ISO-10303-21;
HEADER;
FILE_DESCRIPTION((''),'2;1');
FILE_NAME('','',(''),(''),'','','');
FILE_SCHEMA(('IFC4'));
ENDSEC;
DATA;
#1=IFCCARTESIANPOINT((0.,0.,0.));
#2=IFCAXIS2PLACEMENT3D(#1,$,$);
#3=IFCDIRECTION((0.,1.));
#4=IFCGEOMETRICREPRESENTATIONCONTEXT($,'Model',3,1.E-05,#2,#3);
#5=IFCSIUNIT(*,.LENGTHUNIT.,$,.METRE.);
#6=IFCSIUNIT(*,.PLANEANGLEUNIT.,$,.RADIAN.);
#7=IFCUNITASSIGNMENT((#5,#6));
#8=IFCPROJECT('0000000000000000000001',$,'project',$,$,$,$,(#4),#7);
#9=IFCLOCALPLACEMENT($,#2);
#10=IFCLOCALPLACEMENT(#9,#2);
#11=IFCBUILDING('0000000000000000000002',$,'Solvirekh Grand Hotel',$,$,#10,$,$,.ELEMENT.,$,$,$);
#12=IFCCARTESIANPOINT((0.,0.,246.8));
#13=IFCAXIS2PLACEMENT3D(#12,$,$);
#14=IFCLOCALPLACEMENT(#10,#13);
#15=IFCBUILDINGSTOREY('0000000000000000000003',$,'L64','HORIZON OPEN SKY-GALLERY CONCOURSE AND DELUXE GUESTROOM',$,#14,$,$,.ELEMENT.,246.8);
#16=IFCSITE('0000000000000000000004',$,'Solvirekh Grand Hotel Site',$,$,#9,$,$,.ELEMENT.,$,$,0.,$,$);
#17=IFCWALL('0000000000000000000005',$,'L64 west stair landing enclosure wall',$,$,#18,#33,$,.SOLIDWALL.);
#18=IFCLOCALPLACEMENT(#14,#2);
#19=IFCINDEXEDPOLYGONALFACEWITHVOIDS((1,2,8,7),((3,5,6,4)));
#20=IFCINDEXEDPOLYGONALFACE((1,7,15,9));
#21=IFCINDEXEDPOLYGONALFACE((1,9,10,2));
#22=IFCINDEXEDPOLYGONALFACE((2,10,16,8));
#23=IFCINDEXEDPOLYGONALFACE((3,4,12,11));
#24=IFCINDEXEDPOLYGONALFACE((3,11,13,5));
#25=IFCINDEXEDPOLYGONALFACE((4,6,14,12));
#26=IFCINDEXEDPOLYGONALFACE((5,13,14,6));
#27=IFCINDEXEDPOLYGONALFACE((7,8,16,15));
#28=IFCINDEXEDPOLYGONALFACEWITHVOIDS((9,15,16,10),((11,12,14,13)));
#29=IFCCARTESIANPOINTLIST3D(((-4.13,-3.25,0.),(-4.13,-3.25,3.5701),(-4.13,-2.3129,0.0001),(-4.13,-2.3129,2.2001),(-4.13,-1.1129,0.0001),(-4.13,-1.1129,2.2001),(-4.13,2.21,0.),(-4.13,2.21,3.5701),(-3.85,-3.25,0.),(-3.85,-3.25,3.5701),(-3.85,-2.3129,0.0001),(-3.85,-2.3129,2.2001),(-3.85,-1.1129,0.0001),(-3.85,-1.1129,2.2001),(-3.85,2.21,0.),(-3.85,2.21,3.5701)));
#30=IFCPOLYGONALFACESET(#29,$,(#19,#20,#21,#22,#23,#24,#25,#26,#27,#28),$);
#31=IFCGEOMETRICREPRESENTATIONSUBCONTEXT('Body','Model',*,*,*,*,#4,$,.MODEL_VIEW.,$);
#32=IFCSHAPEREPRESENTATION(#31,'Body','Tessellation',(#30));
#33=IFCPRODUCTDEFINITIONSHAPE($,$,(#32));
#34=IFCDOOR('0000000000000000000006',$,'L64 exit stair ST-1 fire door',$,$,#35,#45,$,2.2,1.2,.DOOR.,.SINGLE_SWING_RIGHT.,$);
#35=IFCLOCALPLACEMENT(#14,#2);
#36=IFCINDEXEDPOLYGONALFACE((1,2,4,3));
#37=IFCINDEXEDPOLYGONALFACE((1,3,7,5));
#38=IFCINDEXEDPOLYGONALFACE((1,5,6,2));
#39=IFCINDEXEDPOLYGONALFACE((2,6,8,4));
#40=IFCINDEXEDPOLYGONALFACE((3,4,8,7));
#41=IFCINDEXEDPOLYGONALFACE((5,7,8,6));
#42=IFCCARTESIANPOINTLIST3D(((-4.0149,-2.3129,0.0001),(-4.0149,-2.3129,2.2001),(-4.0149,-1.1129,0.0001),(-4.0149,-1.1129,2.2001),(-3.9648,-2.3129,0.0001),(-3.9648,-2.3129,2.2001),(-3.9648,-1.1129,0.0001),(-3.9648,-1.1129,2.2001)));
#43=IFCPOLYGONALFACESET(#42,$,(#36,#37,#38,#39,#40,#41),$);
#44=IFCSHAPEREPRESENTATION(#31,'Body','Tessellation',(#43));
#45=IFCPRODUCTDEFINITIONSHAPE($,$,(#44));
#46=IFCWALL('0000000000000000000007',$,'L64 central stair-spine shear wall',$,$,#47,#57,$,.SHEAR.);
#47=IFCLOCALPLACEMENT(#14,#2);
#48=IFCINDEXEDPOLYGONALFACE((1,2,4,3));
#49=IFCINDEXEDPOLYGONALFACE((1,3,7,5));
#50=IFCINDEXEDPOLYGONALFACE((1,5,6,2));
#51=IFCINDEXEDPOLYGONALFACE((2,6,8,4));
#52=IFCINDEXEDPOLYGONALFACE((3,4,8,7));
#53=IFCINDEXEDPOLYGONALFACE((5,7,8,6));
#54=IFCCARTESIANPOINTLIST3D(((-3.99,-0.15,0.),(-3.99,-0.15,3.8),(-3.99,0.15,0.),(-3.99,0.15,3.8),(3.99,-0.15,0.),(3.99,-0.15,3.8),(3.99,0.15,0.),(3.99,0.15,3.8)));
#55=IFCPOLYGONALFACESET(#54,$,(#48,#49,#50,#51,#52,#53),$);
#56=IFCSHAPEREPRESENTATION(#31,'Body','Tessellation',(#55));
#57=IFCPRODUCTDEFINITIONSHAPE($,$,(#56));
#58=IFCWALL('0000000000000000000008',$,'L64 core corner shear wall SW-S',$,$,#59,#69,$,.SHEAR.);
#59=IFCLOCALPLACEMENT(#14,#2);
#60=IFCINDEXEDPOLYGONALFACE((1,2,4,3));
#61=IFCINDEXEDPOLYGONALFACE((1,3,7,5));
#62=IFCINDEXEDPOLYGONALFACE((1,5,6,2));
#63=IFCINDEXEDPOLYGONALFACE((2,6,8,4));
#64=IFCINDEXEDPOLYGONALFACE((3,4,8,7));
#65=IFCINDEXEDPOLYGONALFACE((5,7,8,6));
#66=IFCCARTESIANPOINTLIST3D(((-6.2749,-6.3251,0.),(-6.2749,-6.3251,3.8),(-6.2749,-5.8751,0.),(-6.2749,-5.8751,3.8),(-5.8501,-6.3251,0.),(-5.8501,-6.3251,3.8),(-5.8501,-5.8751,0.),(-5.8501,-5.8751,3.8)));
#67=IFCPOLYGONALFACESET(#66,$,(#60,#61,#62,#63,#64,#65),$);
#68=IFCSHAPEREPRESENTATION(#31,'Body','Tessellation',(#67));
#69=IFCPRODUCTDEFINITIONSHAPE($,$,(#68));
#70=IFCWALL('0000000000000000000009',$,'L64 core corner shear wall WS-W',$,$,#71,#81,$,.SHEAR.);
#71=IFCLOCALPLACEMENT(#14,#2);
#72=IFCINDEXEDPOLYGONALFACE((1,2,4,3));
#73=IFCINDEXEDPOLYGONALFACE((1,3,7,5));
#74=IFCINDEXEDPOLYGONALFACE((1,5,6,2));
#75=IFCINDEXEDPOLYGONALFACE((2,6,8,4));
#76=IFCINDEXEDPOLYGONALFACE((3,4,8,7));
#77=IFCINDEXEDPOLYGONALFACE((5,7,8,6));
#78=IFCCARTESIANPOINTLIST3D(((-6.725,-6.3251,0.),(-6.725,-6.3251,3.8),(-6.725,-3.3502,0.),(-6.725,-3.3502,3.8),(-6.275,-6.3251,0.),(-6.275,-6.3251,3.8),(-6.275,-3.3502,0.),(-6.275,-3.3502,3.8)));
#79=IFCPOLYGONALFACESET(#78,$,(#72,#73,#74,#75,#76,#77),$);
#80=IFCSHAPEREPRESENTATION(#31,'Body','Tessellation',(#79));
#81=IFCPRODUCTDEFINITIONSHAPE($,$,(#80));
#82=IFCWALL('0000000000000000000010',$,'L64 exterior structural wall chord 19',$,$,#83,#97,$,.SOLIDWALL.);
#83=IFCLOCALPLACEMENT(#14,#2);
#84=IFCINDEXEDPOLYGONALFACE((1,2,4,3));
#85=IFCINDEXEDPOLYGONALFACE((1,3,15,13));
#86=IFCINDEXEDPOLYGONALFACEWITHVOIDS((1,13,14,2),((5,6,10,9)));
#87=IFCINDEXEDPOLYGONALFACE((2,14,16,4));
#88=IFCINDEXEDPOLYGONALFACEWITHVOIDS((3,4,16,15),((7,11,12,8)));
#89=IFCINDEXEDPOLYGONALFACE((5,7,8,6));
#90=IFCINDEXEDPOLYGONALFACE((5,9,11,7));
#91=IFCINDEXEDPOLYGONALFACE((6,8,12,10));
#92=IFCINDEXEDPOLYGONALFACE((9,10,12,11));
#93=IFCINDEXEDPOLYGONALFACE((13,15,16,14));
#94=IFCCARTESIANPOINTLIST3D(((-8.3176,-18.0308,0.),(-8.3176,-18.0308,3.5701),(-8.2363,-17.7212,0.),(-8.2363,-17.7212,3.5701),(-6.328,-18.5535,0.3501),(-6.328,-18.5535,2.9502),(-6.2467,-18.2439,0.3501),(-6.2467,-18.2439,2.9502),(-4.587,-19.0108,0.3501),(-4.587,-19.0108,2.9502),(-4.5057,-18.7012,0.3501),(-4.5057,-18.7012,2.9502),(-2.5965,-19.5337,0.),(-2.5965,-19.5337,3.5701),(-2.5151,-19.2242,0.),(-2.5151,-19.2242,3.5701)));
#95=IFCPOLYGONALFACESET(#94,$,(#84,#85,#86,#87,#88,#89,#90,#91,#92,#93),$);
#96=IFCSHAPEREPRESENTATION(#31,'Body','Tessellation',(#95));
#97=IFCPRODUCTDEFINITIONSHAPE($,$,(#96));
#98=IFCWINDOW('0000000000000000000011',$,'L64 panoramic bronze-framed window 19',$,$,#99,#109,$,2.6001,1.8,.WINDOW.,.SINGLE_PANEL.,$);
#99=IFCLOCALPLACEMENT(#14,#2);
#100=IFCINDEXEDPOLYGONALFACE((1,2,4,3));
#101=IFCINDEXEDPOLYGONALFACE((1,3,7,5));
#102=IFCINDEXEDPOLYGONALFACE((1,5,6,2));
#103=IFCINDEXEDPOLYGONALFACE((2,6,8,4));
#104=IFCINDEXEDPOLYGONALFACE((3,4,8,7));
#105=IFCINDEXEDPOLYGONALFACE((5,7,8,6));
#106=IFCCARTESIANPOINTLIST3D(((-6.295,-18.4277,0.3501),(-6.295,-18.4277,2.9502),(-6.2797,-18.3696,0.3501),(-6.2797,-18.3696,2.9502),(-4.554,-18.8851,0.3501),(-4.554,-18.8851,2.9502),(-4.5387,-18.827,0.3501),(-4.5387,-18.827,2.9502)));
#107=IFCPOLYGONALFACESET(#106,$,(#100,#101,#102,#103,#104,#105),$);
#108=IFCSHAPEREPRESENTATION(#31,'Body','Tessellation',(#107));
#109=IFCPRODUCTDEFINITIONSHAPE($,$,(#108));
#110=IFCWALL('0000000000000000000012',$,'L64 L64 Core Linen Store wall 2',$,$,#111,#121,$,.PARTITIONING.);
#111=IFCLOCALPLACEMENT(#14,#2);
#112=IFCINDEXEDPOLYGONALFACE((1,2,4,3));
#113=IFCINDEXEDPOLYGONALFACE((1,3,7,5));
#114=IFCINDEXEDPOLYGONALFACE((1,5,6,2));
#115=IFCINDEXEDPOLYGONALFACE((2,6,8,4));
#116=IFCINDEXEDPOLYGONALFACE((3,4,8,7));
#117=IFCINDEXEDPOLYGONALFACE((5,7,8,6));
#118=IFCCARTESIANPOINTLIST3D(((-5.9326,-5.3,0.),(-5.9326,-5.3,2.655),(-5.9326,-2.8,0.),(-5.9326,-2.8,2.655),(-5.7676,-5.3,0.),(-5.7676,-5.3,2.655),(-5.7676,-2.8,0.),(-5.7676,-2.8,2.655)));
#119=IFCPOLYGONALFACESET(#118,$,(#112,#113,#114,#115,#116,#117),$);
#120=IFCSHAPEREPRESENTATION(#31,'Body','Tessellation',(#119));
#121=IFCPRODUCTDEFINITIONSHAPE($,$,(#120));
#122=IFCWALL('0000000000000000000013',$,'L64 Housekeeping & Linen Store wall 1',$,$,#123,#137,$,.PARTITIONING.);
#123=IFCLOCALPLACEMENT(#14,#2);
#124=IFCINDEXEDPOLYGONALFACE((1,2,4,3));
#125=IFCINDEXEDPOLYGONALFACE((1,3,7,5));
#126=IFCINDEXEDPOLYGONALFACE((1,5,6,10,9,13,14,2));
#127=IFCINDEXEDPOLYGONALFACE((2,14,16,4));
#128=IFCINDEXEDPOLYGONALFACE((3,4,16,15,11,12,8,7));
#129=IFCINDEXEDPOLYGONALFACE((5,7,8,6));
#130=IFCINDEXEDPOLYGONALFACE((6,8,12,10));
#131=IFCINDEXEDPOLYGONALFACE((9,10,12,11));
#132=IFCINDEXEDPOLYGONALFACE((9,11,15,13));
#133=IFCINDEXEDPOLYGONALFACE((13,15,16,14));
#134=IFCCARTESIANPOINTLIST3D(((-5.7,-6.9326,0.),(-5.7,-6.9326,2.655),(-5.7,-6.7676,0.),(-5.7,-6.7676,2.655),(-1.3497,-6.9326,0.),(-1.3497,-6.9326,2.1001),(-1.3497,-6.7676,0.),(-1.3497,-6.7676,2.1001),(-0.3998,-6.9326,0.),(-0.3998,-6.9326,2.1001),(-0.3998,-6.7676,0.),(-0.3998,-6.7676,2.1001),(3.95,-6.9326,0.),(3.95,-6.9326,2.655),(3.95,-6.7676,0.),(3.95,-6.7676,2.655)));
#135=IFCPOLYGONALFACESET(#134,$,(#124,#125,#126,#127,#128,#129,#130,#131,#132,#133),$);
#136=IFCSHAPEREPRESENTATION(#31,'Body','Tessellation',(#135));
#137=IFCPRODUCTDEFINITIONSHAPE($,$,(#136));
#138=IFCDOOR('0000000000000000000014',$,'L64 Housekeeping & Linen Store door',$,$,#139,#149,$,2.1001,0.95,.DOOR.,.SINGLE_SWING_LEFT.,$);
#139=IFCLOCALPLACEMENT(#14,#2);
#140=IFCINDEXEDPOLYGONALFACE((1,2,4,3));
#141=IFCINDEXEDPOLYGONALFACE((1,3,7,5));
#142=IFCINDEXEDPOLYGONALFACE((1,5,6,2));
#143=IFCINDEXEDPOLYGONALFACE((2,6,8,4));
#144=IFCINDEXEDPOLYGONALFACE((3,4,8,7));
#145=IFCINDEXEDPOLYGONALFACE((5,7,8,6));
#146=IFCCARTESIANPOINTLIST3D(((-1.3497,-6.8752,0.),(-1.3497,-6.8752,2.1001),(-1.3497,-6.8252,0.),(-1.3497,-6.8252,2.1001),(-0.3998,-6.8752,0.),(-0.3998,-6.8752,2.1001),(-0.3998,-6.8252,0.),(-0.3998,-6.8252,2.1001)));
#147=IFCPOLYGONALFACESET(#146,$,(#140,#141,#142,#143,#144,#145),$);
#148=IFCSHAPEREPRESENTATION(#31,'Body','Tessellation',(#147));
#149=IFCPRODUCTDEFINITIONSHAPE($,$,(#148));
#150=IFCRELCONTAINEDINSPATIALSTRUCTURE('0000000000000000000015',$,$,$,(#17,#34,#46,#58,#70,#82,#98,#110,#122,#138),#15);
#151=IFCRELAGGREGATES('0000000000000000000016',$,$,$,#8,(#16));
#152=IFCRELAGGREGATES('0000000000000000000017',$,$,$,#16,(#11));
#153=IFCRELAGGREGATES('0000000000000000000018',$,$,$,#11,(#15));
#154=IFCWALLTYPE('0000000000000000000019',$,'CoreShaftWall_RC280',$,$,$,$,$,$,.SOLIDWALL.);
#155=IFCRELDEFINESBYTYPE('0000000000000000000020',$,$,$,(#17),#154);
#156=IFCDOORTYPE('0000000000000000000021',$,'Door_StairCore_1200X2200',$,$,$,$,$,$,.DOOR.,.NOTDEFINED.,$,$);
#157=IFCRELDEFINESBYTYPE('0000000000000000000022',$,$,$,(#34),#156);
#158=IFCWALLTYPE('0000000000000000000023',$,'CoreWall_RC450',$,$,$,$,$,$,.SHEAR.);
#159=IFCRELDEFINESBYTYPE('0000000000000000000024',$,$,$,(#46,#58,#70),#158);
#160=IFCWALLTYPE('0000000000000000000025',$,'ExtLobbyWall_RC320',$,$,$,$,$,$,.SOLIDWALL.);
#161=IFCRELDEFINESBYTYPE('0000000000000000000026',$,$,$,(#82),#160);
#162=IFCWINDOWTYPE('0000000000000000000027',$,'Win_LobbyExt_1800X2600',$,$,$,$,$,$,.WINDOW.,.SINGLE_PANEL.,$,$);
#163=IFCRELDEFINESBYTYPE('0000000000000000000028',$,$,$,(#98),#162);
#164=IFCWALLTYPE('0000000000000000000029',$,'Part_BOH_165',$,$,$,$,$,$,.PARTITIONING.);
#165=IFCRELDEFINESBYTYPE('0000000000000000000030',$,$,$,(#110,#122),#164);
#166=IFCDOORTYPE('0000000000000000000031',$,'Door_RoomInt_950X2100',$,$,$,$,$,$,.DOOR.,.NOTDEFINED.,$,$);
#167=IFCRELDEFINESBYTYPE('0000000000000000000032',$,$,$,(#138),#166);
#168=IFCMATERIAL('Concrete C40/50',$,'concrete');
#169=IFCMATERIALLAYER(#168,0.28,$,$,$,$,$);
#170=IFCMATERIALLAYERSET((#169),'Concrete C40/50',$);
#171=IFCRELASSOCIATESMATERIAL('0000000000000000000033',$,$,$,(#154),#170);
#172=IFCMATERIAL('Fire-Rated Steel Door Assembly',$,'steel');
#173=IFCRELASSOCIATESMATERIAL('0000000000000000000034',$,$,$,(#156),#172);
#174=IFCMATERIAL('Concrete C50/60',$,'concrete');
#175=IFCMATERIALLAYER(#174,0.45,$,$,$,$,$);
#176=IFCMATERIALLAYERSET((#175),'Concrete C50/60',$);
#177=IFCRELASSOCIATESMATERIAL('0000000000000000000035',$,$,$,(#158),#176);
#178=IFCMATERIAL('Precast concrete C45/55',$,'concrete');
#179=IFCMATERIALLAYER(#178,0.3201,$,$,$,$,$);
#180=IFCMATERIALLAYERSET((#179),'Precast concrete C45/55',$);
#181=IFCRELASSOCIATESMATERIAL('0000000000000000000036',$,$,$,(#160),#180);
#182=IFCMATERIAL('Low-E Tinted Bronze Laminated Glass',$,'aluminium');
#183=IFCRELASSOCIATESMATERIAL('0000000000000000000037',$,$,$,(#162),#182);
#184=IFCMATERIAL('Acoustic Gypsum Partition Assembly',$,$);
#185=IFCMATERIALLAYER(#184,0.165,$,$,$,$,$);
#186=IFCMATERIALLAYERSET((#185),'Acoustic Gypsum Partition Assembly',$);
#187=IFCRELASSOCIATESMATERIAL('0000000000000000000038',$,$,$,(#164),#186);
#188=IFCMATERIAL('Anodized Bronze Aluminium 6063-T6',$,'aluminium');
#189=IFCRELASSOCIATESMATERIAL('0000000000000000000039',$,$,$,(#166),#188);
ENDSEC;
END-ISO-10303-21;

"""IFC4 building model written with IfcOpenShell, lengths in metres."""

from ifc_helpers import new_model, si_unit, direction, frame, frame_2d, origin, place, context, subcontext, project, spatial, rectangle, extrude, material, layer, layer_set, type_object, element, fill, save


model = new_model("IFC4")

# Units and contexts
model_context = context("Model", 3, precision=1e-05, world=origin(), true_north=direction((0.0, 1.0)))
body_context = subcontext(model_context, "Body", "Model", "MODEL_VIEW")
ifc_project = project(units=[si_unit("LENGTHUNIT", "METRE"), si_unit("PLANEANGLEUNIT", "RADIAN")], contexts=[model_context])

# Site, building, storey
site_placement = place(None, origin())
site = spatial("IfcSite", under=ifc_project, at=site_placement, Name="Solvirekh Grand Hotel Site", CompositionType="ELEMENT", RefElevation=0.0)
building_placement = place(site_placement, origin())
building = spatial("IfcBuilding", under=site, at=building_placement, Name="Solvirekh Grand Hotel", CompositionType="ELEMENT")
storey_placement = place(building_placement, frame((0.0, 0.0, 246.8)))
storey = spatial("IfcBuildingStorey", under=building, at=storey_placement, Name="L64", Description="HORIZON OPEN SKY-GALLERY CONCOURSE AND DELUXE GUESTROOM", CompositionType="ELEMENT", Elevation=246.8)

# Shared definitions
ifc_material_1 = material(Name="Concrete C50/60", Category="concrete")

# Shared definitions
ifc_material_2 = material(Name="Concrete C40/50", Category="concrete")

# Wall, opening, door
ifc_layer_1 = layer(ifc_material_2, 0.28)
ifc_layer_set_1 = layer_set([ifc_layer_1], Name="Concrete C40/50")
wall_type_1 = type_object("IfcWallType", Name="CoreShaftWall_RC280", PredefinedType="SOLIDWALL", material=ifc_layer_set_1)
wall_1_placement = place(storey_placement, frame((-3.99, -3.25, 0.0), z_axis=(0.0, 0.0, 1.0), x_axis=(0.0, 1.0, 0.0)))
wall_1 = element("IfcWall", 1, at=wall_1_placement, inside=storey, type_object=wall_type_1, Name="L64 west stair landing enclosure wall", PredefinedType="SOLIDWALL", context=body_context, shape_type="SweptSolid", body=[
    extrude(rectangle(XDim=5.46, YDim=0.28, at=frame_2d((2.73, 0.0))), origin(), (0.0, 0.0, 1.0), 3.5701),
])
opening_1_placement = place(wall_1_placement, frame((0.937, 0.0, 0.0)))
opening_1 = element("IfcOpeningElement", 2, at=opening_1_placement, cuts=wall_1, PredefinedType="OPENING", context=body_context, shape_type="SweptSolid", body=[
    extrude(rectangle(XDim=1.2, YDim=2.2, at=frame_2d((0.6001, 1.1001))), frame((0.0, 0.1499, 0.0), z_axis=(0.0, -1.0, 0.0), x_axis=(1.0, 0.0, 0.0)), (0.0, 0.0, 1.0), 0.3),
])
ifc_material_3 = material(Name="Fire-Rated Steel Door Assembly", Category="steel")
door_type_1 = type_object("IfcDoorType", Name="Door_StairCore_1200X2200", OperationType="NOTDEFINED", PredefinedType="DOOR", material=ifc_material_3)
door_1_placement = place(opening_1_placement, origin())
door_1 = element("IfcDoor", 3, at=door_1_placement, inside=storey, type_object=door_type_1, Name="L64 exit stair ST-1 fire door", OperationType="SINGLE_SWING_RIGHT", OverallHeight=2.2, OverallWidth=1.2, PredefinedType="DOOR", context=body_context, shape_type="SweptSolid", body=[
    extrude(rectangle(XDim=1.2, YDim=2.2, at=frame_2d((0.6001, 1.1001))), frame((0.0, 0.0249, 0.0), z_axis=(0.0, -1.0, 0.0), x_axis=(1.0, 0.0, 0.0)), (0.0, 0.0, 1.0), 0.05),
])
fill(opening_1, door_1)

# Walls
ifc_layer_2 = layer(ifc_material_1, 0.45)
ifc_layer_set_2 = layer_set([ifc_layer_2], Name="Concrete C50/60")
wall_type_2 = type_object("IfcWallType", Name="CoreWall_RC450", PredefinedType="SHEAR", material=ifc_layer_set_2)
wall_2_placement = place(storey_placement, frame((-3.99, 0.0, 0.0), z_axis=(0.0, 0.0, 1.0), x_axis=(1.0, 0.0, 0.0)))
element("IfcWall", 4, at=wall_2_placement, inside=storey, type_object=wall_type_2, Name="L64 central stair-spine shear wall", PredefinedType="SHEAR", context=body_context, shape_type="SweptSolid", body=[
    extrude(rectangle(XDim=7.98, YDim=0.3, at=frame_2d((3.99, 0.0))), origin(), (0.0, 0.0, 1.0), 3.8),
])
wall_3_placement = place(storey_placement, frame((-6.2749, -6.1001, 0.0), z_axis=(0.0, 0.0, 1.0), x_axis=(1.0, 0.0, 0.0)))
element("IfcWall", 5, at=wall_3_placement, inside=storey, type_object=wall_type_2, Name="L64 core corner shear wall SW-S", PredefinedType="SHEAR", context=body_context, shape_type="SweptSolid", body=[
    extrude(rectangle(XDim=0.4248, YDim=0.45, at=frame_2d((0.2124, 0.0))), origin(), (0.0, 0.0, 1.0), 3.8),
])
wall_4_placement = place(storey_placement, frame((-6.5, -6.325, 0.0), z_axis=(0.0, 0.0, 1.0), x_axis=(0.0, 1.0, 0.0)))
element("IfcWall", 6, at=wall_4_placement, inside=storey, type_object=wall_type_2, Name="L64 core corner shear wall WS-W", PredefinedType="SHEAR", context=body_context, shape_type="SweptSolid", body=[
    extrude(rectangle(XDim=2.9749, YDim=0.45, at=frame_2d((1.4873, 0.0))), origin(), (0.0, 0.0, 1.0), 3.8),
])

# Wall, opening, window
ifc_material_4 = material(Name="Precast concrete C45/55", Category="concrete")
ifc_layer_3 = layer(ifc_material_4, 0.3201)
ifc_layer_set_3 = layer_set([ifc_layer_3], Name="Precast concrete C45/55")
wall_type_3 = type_object("IfcWallType", Name="ExtLobbyWall_RC320", PredefinedType="SOLIDWALL", material=ifc_layer_set_3)
wall_5_placement = place(storey_placement, frame((-2.5559, -19.3789, 0.0), z_axis=(0.0, 0.0, 1.0), x_axis=(-0.967185, 0.254075, 0.0)))
wall_5 = element("IfcWall", 7, at=wall_5_placement, inside=storey, type_object=wall_type_3, Name="L64 exterior structural wall chord 19", PredefinedType="SOLIDWALL", context=body_context, shape_type="SweptSolid", body=[
    extrude(rectangle(XDim=5.9153, YDim=0.3201, at=frame_2d((2.9575, 0.0))), origin(), (0.0, 0.0, 1.0), 3.5701),
])
opening_2_placement = place(wall_5_placement, frame((2.0581, 0.0, 0.3501)))
opening_2 = element("IfcOpeningElement", 8, at=opening_2_placement, cuts=wall_5, PredefinedType="OPENING", context=body_context, shape_type="SweptSolid", body=[
    extrude(rectangle(XDim=1.8, YDim=2.6001, at=frame_2d((0.8999, 1.3))), frame((0.0, 0.1699, 0.0), z_axis=(0.0, -1.0, 0.0), x_axis=(1.0, 0.0, 0.0)), (0.0, 0.0, 1.0), 0.3401),
])
ifc_material_5 = material(Name="Low-E Tinted Bronze Laminated Glass", Category="aluminium")
window_type = type_object("IfcWindowType", Name="Win_LobbyExt_1800X2600", PartitioningType="SINGLE_PANEL", PredefinedType="WINDOW", material=ifc_material_5)
window_placement = place(opening_2_placement, origin())
window = element("IfcWindow", 9, at=window_placement, inside=storey, type_object=window_type, Name="L64 panoramic bronze-framed window 19", OverallHeight=2.6001, OverallWidth=1.8, PartitioningType="SINGLE_PANEL", PredefinedType="WINDOW", context=body_context, shape_type="SweptSolid", body=[
    extrude(rectangle(XDim=1.8, YDim=2.6001, at=frame_2d((0.8999, 1.3))), frame((0.0, 0.03, 0.0), z_axis=(0.0, -1.0, 0.0), x_axis=(1.0, 0.0, 0.0)), (0.0, 0.0, 1.0), 0.0601),
])
fill(opening_2, window)

# Wall
ifc_material_6 = material(Name="Acoustic Gypsum Partition Assembly")
ifc_layer_4 = layer(ifc_material_6, 0.165)
ifc_layer_set_4 = layer_set([ifc_layer_4], Name="Acoustic Gypsum Partition Assembly")
wall_type_4 = type_object("IfcWallType", Name="Part_BOH_165", PredefinedType="PARTITIONING", material=ifc_layer_set_4)
wall_6_placement = place(storey_placement, frame((-5.8501, -5.3, 0.0), z_axis=(0.0, 0.0, 1.0), x_axis=(0.0, 1.0, 0.0)))
element("IfcWall", 10, at=wall_6_placement, inside=storey, type_object=wall_type_4, Name="L64 L64 Core Linen Store wall 2", PredefinedType="PARTITIONING", context=body_context, shape_type="SweptSolid", body=[
    extrude(rectangle(XDim=2.5, YDim=0.165, at=frame_2d((1.25, 0.0))), origin(), (0.0, 0.0, 1.0), 2.655),
])

# Wall, opening, door
wall_7_placement = place(storey_placement, frame((-5.7, -6.8501, 0.0), z_axis=(0.0, 0.0, 1.0), x_axis=(1.0, 0.0, 0.0)))
wall_7 = element("IfcWall", 11, at=wall_7_placement, inside=storey, type_object=wall_type_4, Name="L64 Housekeeping & Linen Store wall 1", PredefinedType="PARTITIONING", context=body_context, shape_type="SweptSolid", body=[
    extrude(rectangle(XDim=9.6499, YDim=0.165, at=frame_2d((4.825, 0.0))), origin(), (0.0, 0.0, 1.0), 2.655),
])
opening_3_placement = place(wall_7_placement, frame((4.3501, 0.0, 0.0)))
opening_3 = element("IfcOpeningElement", 12, at=opening_3_placement, cuts=wall_7, PredefinedType="OPENING", context=body_context, shape_type="SweptSolid", body=[
    extrude(rectangle(XDim=0.95, YDim=2.1001, at=frame_2d((0.4751, 1.05))), frame((0.0, 0.0925, 0.0), z_axis=(0.0, -1.0, 0.0), x_axis=(1.0, 0.0, 0.0)), (0.0, 0.0, 1.0), 0.1851),
])
ifc_material_7 = material(Name="Anodized Bronze Aluminium 6063-T6", Category="aluminium")
door_type_2 = type_object("IfcDoorType", Name="Door_RoomInt_950X2100", OperationType="NOTDEFINED", PredefinedType="DOOR", material=ifc_material_7)
door_2_placement = place(opening_3_placement, origin())
door_2 = element("IfcDoor", 13, at=door_2_placement, inside=storey, type_object=door_type_2, Name="L64 Housekeeping & Linen Store door", OperationType="SINGLE_SWING_LEFT", OverallHeight=2.1001, OverallWidth=0.95, PredefinedType="DOOR", context=body_context, shape_type="SweptSolid", body=[
    extrude(rectangle(XDim=0.95, YDim=2.1001, at=frame_2d((0.4751, 1.05))), frame((0.0, 0.0249, 0.0), z_axis=(0.0, -1.0, 0.0), x_axis=(1.0, 0.0, 0.0)), (0.0, 0.0, 1.0), 0.05),
])
fill(opening_3, door_2)

save(model, "model.ifc")
